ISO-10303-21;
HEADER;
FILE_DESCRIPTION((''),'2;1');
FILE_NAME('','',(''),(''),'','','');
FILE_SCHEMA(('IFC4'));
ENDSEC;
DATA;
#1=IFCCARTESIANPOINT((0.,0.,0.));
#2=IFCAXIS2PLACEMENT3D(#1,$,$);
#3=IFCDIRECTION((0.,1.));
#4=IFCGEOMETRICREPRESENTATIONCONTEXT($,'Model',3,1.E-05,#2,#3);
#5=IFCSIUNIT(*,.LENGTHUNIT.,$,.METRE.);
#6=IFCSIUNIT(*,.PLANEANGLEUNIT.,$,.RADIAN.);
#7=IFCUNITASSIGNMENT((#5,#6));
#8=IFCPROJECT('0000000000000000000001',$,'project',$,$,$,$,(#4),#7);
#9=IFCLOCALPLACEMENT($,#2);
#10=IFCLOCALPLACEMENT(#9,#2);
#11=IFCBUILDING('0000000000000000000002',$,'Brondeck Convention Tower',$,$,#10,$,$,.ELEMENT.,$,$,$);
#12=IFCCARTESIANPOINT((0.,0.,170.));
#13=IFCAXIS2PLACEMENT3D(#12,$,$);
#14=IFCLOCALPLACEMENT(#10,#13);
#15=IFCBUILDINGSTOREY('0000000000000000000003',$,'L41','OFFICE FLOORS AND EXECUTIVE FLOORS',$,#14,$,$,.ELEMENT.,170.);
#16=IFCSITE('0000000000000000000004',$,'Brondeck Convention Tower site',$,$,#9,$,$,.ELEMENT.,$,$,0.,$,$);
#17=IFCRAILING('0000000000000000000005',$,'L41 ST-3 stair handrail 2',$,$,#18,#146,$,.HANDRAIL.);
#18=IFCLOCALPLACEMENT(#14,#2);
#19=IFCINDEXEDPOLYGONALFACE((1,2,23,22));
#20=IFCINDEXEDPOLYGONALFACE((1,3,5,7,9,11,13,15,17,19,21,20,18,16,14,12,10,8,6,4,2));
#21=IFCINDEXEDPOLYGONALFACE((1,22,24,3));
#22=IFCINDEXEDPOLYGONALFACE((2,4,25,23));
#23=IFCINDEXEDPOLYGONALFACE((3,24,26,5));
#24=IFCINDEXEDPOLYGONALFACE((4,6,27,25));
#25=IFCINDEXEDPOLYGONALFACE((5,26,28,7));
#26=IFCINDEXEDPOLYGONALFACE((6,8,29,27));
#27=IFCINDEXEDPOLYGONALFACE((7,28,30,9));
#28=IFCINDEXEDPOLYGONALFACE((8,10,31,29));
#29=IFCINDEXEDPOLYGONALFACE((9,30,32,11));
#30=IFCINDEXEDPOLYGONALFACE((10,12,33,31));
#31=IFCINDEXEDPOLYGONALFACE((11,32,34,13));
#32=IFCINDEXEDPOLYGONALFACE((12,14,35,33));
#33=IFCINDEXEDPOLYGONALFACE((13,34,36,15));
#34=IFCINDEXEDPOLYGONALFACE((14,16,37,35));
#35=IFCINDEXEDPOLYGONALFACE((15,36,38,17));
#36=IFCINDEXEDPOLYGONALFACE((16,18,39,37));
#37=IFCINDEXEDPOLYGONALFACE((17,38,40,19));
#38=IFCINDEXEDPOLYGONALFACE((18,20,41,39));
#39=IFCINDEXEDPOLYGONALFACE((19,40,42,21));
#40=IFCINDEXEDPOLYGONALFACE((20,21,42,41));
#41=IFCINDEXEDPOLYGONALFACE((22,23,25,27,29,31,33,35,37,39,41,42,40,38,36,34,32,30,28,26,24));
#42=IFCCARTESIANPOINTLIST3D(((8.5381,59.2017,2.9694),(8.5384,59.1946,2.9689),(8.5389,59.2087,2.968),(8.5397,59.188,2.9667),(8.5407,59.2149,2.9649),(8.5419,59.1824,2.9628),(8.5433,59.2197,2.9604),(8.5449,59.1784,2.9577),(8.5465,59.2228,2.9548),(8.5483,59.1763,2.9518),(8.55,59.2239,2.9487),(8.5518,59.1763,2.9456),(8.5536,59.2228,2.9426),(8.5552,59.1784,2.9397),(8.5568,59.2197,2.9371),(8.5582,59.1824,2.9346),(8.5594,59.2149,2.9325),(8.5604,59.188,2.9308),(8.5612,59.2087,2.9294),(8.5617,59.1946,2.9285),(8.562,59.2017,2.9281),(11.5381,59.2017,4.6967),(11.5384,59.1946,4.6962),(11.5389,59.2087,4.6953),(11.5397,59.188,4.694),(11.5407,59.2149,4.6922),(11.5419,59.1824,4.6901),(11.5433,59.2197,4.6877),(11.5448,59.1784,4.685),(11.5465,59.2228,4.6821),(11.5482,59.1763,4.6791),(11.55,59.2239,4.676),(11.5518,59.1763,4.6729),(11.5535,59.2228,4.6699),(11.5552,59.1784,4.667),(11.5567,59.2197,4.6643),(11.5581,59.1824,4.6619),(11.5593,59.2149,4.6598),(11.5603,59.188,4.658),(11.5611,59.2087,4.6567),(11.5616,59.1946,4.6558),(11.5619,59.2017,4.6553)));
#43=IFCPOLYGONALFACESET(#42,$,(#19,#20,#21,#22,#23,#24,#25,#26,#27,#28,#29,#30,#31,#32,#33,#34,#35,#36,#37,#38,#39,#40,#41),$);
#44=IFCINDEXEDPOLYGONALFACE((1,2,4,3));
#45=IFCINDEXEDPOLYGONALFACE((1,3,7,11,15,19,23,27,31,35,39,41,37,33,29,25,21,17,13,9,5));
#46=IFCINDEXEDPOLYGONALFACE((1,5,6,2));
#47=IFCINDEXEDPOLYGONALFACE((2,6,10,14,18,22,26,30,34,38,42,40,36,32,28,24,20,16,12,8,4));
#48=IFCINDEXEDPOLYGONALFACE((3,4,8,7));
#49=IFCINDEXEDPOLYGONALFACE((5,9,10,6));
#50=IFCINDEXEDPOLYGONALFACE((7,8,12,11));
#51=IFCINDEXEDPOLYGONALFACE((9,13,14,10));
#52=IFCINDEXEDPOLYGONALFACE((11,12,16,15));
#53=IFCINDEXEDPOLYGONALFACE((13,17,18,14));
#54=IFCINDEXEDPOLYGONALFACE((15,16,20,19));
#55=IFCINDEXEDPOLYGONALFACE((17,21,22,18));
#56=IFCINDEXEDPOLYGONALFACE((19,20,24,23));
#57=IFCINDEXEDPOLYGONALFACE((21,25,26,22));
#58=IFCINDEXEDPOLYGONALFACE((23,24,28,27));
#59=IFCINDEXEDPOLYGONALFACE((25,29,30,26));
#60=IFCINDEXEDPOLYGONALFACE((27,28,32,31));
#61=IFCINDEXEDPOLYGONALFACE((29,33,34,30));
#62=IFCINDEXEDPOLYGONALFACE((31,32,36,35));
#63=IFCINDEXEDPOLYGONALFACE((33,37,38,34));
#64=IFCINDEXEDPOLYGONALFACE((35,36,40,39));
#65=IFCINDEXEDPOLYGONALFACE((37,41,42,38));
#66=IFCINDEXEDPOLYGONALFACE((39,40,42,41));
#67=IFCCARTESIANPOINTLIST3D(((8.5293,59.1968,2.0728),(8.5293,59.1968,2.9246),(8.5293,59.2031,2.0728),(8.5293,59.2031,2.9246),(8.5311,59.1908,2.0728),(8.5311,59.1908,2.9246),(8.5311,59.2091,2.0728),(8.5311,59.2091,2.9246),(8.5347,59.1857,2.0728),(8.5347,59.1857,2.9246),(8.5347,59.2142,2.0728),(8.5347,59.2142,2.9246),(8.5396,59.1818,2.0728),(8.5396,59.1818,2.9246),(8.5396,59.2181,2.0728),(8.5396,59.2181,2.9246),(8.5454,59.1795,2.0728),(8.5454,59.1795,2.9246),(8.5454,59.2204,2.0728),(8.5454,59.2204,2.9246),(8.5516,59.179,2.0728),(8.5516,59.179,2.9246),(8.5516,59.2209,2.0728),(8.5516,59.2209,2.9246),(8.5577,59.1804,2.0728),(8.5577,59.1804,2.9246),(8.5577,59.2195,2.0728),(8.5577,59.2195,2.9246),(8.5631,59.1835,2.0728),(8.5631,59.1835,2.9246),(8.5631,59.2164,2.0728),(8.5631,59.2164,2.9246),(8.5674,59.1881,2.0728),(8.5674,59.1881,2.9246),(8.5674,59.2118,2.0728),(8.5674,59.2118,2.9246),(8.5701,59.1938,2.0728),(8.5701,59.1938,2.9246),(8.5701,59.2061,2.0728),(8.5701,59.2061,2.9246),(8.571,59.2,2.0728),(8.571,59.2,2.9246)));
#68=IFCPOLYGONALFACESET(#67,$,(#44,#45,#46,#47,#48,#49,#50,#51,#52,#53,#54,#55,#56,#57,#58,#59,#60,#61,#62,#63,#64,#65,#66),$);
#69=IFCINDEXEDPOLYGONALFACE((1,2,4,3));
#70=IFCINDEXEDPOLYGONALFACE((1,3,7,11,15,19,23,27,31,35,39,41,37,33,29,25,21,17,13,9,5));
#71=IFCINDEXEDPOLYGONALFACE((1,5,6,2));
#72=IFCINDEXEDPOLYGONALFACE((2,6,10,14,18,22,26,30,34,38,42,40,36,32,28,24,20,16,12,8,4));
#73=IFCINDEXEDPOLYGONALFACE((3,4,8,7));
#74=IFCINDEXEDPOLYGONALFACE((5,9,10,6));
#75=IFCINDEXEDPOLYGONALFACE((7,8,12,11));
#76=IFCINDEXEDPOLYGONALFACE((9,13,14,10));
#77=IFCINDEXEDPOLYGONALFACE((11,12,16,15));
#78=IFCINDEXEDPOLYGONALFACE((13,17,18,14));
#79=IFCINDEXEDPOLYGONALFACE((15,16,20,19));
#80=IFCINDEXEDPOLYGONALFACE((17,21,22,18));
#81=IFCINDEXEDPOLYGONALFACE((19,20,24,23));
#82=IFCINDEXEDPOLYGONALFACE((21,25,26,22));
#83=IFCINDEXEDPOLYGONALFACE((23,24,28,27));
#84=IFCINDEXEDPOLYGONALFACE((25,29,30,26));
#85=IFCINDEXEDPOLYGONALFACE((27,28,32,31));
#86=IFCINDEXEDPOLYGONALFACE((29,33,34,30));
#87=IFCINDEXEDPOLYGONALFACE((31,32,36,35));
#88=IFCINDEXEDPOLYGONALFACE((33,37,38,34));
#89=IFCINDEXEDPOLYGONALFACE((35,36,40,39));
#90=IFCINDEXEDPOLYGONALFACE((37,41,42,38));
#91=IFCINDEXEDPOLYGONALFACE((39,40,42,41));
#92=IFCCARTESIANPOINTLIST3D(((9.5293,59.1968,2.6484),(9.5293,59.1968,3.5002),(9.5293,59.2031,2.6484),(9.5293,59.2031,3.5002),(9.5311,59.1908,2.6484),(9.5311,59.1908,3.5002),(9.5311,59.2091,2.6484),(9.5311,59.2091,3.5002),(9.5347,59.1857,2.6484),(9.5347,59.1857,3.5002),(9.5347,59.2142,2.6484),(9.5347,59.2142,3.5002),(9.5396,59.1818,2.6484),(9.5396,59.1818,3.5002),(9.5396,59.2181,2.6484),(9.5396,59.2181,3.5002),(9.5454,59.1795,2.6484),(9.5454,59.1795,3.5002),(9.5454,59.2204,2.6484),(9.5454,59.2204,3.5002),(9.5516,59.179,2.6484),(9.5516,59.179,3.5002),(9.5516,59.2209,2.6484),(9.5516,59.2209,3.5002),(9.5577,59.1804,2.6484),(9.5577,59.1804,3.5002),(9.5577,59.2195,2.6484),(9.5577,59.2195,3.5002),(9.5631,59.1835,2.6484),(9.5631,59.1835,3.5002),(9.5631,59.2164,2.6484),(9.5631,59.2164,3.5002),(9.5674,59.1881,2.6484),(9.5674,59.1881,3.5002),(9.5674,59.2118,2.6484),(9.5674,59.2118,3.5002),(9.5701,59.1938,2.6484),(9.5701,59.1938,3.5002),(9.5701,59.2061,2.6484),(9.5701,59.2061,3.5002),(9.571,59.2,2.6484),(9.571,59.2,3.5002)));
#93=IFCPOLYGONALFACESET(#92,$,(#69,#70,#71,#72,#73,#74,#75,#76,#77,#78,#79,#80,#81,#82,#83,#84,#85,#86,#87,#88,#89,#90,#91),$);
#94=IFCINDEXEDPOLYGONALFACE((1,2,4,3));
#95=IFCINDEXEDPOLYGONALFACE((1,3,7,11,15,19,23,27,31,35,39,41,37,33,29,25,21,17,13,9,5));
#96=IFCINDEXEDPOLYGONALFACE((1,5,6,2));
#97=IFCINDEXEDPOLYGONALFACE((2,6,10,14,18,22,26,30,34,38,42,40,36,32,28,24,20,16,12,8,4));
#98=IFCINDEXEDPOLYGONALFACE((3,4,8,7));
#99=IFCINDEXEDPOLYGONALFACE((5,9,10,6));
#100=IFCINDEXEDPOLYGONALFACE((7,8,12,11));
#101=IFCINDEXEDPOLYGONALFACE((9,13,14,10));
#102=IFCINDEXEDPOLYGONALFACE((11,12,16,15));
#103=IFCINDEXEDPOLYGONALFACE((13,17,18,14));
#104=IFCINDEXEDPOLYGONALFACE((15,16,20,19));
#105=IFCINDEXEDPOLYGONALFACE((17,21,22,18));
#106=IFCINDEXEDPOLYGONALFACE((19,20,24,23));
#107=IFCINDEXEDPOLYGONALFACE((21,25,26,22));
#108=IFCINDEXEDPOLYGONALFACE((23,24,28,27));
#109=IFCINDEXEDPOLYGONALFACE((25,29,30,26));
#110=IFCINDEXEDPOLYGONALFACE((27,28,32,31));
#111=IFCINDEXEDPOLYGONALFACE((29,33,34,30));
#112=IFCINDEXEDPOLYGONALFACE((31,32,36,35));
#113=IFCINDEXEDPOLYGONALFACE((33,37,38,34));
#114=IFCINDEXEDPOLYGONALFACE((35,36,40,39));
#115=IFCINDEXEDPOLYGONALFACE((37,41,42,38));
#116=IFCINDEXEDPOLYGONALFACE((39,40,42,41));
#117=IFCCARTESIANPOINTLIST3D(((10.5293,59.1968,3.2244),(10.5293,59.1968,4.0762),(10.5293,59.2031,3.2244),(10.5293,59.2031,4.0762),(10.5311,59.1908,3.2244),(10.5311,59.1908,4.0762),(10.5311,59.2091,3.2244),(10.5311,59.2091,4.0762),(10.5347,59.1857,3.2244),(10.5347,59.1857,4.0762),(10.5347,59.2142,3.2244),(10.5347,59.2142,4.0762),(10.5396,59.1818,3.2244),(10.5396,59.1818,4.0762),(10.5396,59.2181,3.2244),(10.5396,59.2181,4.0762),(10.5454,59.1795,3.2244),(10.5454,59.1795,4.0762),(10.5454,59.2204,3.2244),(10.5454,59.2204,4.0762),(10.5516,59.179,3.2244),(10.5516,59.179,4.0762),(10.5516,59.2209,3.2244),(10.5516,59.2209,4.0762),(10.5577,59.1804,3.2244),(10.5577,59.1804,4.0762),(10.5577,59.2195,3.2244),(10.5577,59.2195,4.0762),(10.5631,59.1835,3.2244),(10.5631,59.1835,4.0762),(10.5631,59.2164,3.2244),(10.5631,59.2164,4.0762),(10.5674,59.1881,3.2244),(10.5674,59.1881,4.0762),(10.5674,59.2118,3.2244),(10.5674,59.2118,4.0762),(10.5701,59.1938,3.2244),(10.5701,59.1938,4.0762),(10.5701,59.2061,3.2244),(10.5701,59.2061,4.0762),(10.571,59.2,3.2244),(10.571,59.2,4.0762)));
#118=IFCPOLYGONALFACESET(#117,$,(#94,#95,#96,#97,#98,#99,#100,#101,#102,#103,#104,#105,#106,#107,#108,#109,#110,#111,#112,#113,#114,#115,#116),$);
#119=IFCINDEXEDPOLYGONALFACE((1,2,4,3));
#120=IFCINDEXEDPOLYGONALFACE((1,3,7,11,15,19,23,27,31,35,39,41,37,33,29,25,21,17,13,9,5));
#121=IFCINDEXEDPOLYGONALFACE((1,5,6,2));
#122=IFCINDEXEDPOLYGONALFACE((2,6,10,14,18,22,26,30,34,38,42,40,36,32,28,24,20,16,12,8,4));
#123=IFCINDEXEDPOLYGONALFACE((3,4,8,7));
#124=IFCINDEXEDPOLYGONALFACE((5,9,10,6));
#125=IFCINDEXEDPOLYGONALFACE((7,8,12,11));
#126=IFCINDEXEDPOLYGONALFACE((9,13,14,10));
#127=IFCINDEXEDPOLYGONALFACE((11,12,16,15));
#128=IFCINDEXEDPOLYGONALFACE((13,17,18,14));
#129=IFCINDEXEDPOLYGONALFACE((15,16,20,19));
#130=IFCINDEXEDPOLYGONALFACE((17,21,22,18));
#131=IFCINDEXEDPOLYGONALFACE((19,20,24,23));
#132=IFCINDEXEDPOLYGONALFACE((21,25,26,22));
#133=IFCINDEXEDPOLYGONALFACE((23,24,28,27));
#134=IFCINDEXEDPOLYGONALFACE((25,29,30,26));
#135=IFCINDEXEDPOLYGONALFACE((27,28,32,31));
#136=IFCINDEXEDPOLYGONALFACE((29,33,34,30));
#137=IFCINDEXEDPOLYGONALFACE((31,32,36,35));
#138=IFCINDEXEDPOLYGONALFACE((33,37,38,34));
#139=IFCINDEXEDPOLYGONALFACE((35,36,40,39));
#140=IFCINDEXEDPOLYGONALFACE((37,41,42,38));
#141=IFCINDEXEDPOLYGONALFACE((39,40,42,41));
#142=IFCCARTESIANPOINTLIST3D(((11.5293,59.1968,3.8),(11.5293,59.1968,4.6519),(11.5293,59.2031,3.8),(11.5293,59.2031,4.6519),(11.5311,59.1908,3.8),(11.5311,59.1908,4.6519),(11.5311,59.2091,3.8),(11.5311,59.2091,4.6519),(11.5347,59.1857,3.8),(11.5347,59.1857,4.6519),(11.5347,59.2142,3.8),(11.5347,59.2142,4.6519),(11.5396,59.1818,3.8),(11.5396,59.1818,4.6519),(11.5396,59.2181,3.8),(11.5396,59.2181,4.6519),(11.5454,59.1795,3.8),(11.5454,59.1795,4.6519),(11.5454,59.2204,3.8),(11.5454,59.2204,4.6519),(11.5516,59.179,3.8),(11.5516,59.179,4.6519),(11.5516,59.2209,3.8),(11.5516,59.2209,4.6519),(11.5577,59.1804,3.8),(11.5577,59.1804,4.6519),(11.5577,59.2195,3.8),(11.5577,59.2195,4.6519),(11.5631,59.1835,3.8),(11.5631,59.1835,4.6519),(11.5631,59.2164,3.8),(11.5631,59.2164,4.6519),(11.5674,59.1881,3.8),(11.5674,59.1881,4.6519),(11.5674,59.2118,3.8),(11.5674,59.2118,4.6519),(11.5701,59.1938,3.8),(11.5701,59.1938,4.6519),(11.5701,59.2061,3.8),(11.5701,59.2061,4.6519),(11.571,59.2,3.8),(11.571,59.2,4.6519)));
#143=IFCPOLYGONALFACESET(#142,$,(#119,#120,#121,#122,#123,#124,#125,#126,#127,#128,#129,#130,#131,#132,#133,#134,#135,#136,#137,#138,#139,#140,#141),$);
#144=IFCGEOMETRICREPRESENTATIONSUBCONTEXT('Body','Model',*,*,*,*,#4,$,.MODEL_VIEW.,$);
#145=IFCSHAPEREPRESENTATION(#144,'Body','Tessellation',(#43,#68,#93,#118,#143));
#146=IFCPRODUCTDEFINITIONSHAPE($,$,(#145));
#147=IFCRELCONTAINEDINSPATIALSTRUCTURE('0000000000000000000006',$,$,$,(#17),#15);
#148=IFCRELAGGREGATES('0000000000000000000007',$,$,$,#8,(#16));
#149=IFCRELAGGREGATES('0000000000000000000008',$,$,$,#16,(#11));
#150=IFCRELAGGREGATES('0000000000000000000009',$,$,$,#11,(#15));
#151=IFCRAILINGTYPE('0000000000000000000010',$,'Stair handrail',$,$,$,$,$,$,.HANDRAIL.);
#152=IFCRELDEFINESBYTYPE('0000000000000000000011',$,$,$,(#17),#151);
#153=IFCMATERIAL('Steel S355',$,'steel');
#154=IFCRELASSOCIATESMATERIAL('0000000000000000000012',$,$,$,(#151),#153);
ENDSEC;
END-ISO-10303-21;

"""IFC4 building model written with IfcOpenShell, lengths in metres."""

from ifc_helpers import new_model, si_unit, direction, frame, origin, origin_2d, place, context, subcontext, project, spatial, circle, extrude, material, type_object, element, save


model = new_model("IFC4")

# Units and contexts
model_context = context("Model", 3, precision=1e-05, world=origin(), true_north=direction((0.0, 1.0)))
body_context = subcontext(model_context, "Body", "Model", "MODEL_VIEW")
ifc_project = project(units=[si_unit("LENGTHUNIT", "METRE"), si_unit("PLANEANGLEUNIT", "RADIAN")], contexts=[model_context])

# Site, building, storey
site_placement = place(None, origin())
site = spatial("IfcSite", under=ifc_project, at=site_placement, Name="Brondeck Convention Tower site", CompositionType="ELEMENT", RefElevation=0.0)
building_placement = place(site_placement, origin())
building = spatial("IfcBuilding", under=site, at=building_placement, Name="Brondeck Convention Tower", CompositionType="ELEMENT")
storey_placement = place(building_placement, frame((0.0, 0.0, 170.0)))
storey = spatial("IfcBuildingStorey", under=building, at=storey_placement, Name="L41", Description="OFFICE FLOORS AND EXECUTIVE FLOORS", CompositionType="ELEMENT", Elevation=170.0)

# Railing
ifc_material_1 = material(Name="Steel S355", Category="steel")
railing_type_1 = type_object("IfcRailingType", Name="Stair handrail", PredefinedType="HANDRAIL", material=ifc_material_1)
railing_1_placement = place(storey_placement, frame((8.55, 59.2, 2.0728)))
element("IfcRailing", 1, at=railing_1_placement, inside=storey, type_object=railing_type_1, Name="L41 ST-3 stair handrail 2", PredefinedType="HANDRAIL", context=body_context, shape_type="SweptSolid", body=[
    extrude(circle(Radius=0.0239, at=origin_2d()), frame((0.0, 0.0, 0.876), z_axis=(0.86662, 0.0, 0.498969), x_axis=(0.0, 1.0, 0.0)), (0.0, 0.0, 1.0), 3.4617),
    extrude(circle(Radius=0.021, at=origin_2d()), origin(), (0.0, 0.0, 1.0), 0.8518),
    extrude(circle(Radius=0.021, at=origin_2d()), frame((1.0, 0.0, 0.5757)), (0.0, 0.0, 1.0), 0.8518),
    extrude(circle(Radius=0.021, at=origin_2d()), frame((2.0, 0.0, 1.1516)), (0.0, 0.0, 1.0), 0.8518),
    extrude(circle(Radius=0.021, at=origin_2d()), frame((3.0, 0.0, 1.7273)), (0.0, 0.0, 1.0), 0.8518),
])

save(model, "model.ifc")
